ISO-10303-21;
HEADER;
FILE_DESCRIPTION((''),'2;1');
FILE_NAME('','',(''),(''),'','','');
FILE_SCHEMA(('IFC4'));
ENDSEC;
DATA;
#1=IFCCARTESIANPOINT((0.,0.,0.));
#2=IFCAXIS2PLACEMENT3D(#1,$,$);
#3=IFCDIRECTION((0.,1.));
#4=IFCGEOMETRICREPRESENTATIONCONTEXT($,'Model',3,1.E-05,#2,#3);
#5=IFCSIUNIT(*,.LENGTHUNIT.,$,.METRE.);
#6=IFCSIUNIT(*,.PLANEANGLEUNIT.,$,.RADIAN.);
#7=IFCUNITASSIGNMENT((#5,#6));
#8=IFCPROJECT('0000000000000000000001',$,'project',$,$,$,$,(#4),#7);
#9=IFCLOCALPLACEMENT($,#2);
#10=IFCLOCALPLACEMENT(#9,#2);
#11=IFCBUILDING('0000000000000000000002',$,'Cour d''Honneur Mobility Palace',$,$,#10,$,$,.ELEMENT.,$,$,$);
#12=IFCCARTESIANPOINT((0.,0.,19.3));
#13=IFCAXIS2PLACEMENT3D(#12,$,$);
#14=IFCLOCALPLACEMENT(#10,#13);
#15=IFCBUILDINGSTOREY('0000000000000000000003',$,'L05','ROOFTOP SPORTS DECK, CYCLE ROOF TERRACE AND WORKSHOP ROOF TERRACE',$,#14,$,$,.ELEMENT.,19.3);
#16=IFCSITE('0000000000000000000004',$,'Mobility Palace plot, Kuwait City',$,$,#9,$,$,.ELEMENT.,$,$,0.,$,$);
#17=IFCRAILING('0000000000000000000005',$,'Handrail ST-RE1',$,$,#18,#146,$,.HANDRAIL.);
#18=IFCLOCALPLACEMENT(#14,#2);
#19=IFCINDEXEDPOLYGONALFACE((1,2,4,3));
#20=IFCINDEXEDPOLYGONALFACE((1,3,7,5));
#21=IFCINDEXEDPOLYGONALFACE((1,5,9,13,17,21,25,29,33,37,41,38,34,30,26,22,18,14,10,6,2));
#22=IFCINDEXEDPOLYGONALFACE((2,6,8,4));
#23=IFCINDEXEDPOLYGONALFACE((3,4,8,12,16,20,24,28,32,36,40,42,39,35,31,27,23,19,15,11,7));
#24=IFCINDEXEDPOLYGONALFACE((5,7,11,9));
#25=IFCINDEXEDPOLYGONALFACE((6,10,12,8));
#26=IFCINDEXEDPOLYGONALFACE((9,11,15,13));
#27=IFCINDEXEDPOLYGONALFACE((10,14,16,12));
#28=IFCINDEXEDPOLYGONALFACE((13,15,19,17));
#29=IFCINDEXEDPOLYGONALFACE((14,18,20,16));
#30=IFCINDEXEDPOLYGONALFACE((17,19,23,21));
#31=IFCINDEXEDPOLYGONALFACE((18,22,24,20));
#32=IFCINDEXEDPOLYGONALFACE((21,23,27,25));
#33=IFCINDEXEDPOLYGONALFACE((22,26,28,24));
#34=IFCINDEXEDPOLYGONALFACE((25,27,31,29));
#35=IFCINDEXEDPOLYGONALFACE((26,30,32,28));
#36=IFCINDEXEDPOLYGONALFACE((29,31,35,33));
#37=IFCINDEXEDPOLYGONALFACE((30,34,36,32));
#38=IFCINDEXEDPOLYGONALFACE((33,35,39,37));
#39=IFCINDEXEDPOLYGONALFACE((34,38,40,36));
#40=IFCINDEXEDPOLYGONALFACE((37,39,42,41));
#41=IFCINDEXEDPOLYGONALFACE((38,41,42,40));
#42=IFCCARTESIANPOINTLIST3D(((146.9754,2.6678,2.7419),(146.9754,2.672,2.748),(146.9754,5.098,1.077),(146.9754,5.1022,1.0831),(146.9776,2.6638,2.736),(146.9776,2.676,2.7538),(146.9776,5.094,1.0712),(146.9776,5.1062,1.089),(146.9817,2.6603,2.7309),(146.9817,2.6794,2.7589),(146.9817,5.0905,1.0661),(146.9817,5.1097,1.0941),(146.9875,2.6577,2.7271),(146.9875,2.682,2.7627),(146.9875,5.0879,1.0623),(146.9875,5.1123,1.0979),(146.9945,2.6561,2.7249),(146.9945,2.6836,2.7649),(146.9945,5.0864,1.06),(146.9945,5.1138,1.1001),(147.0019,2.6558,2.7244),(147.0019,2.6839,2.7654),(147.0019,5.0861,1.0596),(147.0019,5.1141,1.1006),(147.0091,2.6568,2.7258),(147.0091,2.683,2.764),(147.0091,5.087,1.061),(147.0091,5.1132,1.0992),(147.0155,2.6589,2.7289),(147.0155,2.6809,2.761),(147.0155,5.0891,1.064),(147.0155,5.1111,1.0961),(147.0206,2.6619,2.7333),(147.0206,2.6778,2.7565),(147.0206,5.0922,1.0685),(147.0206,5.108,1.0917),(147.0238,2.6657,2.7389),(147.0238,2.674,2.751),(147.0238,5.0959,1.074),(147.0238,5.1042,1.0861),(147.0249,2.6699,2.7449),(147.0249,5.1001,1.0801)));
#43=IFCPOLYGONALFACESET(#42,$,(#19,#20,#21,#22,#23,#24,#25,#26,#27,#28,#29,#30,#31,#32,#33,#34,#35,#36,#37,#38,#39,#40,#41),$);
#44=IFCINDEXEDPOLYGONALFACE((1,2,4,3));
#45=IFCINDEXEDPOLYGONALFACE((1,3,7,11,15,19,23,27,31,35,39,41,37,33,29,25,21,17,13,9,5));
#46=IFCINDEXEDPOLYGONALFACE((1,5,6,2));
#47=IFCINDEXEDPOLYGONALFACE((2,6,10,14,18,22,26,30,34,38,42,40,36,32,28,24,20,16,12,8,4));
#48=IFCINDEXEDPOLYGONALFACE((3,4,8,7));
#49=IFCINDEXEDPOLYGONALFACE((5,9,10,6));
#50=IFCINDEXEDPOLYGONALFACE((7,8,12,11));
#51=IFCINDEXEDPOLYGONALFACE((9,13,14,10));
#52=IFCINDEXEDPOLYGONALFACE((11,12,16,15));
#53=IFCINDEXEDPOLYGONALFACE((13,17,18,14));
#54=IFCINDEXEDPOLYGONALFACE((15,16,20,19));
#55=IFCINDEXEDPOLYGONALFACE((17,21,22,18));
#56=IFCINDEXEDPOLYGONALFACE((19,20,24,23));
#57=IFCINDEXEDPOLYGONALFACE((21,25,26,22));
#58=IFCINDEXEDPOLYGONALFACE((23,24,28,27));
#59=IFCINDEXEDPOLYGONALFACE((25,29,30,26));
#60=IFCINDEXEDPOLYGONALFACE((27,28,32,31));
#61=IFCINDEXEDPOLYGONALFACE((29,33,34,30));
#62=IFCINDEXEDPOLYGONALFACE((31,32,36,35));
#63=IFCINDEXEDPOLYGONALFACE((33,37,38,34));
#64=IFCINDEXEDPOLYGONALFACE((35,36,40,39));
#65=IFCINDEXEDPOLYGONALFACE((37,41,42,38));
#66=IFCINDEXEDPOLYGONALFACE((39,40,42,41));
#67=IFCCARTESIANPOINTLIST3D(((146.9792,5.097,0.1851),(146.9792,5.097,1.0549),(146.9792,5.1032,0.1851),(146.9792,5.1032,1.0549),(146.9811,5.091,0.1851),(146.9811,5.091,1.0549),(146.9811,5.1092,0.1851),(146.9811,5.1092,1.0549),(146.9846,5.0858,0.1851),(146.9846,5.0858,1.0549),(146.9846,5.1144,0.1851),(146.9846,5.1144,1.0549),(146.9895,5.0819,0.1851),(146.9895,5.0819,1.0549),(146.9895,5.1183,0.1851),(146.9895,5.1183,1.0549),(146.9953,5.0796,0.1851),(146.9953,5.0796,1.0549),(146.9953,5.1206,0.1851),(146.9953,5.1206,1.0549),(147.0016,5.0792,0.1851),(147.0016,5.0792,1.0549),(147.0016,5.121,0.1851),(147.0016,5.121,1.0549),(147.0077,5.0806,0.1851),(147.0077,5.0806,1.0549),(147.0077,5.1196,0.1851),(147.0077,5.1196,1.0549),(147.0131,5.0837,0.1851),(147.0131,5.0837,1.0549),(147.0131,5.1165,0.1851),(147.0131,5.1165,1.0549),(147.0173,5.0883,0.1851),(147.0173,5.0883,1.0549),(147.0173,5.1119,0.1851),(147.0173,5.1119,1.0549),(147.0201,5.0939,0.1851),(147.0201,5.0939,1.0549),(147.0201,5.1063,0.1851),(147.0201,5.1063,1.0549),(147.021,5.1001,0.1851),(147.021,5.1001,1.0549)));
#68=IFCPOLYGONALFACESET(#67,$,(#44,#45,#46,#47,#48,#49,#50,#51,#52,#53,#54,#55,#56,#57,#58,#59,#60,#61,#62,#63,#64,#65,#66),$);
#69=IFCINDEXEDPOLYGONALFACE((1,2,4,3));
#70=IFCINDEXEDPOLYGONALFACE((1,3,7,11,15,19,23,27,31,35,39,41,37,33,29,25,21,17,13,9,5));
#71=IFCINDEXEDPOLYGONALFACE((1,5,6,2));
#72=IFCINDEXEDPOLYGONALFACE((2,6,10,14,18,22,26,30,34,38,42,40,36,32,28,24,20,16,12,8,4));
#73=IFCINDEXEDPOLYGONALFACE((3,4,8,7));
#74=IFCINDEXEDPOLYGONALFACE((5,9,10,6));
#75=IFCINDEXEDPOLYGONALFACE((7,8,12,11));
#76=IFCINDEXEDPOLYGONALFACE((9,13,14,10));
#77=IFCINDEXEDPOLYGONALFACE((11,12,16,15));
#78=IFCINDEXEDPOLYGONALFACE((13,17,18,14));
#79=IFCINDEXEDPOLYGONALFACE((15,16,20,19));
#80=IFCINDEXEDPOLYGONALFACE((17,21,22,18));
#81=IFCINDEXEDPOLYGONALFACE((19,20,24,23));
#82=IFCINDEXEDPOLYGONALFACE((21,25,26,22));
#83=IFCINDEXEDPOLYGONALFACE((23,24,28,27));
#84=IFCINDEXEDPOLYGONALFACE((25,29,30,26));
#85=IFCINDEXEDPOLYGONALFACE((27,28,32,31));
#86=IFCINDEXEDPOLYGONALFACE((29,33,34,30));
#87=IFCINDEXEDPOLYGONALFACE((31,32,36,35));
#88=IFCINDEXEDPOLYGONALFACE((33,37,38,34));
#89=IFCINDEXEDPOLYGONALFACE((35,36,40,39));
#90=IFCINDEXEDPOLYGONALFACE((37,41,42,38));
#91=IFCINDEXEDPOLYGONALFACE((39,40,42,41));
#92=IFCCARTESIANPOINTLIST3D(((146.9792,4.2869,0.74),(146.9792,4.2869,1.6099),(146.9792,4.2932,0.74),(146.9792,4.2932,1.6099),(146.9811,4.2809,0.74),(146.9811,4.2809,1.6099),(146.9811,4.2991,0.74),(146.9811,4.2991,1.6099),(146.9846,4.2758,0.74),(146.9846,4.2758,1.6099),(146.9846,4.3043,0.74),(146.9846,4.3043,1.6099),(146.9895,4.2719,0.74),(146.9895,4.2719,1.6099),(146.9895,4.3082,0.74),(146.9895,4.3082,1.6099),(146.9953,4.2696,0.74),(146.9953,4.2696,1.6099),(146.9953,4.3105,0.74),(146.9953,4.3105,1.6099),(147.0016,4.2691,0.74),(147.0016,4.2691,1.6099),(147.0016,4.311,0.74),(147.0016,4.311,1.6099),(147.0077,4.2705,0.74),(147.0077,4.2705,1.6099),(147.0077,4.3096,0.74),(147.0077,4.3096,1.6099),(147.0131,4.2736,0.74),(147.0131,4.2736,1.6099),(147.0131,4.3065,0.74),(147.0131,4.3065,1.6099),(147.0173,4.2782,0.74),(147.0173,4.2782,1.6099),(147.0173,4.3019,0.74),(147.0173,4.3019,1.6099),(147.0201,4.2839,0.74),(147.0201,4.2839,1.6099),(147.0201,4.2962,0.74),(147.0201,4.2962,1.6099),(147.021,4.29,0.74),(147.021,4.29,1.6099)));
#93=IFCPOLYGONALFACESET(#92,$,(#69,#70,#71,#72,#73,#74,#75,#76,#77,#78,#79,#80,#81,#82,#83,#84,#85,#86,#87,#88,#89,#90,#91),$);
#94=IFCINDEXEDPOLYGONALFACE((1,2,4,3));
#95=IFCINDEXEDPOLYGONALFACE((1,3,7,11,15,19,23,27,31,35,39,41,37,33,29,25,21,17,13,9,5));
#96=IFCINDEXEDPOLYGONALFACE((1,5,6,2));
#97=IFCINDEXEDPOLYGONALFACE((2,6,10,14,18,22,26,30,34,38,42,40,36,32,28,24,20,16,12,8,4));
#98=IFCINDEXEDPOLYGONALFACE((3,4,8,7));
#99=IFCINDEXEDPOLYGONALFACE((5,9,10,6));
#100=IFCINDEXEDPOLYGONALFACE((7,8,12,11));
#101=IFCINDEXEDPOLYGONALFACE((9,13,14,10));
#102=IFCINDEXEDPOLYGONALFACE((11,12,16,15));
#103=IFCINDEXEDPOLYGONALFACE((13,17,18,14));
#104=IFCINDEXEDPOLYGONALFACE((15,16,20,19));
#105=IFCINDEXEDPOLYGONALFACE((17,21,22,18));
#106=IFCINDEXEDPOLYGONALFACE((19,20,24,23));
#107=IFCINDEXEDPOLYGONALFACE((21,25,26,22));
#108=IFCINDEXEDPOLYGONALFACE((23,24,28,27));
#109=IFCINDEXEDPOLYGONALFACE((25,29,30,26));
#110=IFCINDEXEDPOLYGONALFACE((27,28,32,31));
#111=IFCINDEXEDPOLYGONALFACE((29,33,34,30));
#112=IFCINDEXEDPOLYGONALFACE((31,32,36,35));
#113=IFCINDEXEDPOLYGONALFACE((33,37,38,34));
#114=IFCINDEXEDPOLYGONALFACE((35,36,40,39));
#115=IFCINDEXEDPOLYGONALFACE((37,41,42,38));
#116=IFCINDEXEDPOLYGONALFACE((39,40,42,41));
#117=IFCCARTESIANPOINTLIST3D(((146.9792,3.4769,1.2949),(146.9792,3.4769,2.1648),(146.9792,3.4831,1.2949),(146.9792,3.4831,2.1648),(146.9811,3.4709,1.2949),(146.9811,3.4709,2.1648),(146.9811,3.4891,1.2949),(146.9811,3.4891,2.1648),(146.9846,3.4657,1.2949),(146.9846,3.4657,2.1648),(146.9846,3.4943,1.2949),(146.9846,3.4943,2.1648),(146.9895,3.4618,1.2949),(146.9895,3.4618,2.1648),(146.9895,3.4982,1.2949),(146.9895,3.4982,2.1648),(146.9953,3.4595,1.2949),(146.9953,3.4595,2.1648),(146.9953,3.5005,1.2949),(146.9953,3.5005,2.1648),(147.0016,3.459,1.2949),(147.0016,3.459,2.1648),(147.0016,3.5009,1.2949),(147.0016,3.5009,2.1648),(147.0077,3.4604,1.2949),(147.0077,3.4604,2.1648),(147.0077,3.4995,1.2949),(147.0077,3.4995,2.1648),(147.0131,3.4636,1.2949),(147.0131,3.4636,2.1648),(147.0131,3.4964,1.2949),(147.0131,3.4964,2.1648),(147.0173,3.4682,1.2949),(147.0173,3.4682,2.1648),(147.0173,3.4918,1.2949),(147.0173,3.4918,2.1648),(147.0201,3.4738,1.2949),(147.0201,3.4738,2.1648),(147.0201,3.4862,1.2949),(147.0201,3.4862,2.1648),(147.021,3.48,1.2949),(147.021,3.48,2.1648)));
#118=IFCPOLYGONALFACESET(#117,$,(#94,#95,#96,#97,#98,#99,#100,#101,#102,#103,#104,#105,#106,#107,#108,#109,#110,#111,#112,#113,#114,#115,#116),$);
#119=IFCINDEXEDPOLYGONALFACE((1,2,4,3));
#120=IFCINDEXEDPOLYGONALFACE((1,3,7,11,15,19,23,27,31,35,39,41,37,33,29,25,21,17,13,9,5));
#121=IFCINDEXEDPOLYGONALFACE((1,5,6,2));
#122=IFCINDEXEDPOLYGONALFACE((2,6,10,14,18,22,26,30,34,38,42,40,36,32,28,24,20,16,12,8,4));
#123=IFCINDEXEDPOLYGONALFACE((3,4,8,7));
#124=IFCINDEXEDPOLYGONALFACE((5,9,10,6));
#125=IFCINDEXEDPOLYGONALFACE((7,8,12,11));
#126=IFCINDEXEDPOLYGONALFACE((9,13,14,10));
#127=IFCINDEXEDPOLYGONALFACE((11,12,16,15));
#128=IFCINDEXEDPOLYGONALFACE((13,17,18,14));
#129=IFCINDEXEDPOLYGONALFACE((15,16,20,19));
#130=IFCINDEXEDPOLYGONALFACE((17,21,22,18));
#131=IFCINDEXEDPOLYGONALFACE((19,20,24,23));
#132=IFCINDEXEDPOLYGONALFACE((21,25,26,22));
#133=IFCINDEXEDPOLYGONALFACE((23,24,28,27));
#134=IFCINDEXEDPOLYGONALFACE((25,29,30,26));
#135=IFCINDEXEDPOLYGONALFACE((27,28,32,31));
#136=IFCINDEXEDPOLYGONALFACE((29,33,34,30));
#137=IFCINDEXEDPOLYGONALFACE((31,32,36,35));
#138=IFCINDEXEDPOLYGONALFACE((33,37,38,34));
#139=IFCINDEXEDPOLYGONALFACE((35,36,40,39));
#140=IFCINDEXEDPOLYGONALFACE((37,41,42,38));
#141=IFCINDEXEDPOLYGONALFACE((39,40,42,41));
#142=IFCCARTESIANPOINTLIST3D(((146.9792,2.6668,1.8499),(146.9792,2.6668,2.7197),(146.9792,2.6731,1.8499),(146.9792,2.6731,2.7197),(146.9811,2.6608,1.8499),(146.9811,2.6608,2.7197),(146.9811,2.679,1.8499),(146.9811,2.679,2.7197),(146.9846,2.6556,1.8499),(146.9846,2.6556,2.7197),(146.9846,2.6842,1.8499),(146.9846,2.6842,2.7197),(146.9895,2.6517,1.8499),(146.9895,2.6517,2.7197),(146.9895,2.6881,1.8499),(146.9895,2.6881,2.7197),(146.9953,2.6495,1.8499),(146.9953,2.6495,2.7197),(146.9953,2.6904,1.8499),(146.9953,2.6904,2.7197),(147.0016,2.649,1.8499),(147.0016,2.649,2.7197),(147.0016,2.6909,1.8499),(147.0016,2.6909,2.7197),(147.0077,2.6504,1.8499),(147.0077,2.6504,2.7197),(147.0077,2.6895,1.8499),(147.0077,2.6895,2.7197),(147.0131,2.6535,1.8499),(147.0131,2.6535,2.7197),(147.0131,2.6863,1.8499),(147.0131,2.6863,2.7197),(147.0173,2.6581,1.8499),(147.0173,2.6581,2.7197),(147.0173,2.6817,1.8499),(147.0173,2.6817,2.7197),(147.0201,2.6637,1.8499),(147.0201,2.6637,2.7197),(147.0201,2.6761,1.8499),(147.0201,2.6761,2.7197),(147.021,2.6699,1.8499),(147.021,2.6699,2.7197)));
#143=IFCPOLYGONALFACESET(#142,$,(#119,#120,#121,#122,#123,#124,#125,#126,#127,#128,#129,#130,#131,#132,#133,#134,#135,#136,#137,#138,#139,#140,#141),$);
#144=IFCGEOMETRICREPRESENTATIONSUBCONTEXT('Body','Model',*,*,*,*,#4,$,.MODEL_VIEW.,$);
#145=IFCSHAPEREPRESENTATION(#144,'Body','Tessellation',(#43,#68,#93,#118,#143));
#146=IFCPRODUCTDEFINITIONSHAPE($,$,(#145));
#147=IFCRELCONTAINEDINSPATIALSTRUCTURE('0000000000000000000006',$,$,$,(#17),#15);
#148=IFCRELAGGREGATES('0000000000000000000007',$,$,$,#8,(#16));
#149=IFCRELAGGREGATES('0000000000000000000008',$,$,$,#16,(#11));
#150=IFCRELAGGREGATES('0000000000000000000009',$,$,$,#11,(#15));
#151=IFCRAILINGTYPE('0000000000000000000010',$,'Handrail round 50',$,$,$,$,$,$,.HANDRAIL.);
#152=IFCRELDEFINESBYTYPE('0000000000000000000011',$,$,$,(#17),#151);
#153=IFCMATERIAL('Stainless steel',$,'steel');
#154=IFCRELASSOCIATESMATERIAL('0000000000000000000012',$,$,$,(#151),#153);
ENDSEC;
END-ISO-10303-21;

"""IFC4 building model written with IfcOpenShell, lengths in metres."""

from ifc_helpers import new_model, si_unit, direction, frame, origin, origin_2d, place, context, subcontext, project, spatial, circle, extrude, material, type_object, element, save


model = new_model("IFC4")

# Units and contexts
model_context = context("Model", 3, precision=1e-05, world=origin(), true_north=direction((0.0, 1.0)))
body_context = subcontext(model_context, "Body", "Model", "MODEL_VIEW")
ifc_project = project(units=[si_unit("LENGTHUNIT", "METRE"), si_unit("PLANEANGLEUNIT", "RADIAN")], contexts=[model_context])

# Site, building, storey
site_placement = place(None, origin())
site = spatial("IfcSite", under=ifc_project, at=site_placement, Name="Mobility Palace plot, Kuwait City", CompositionType="ELEMENT", RefElevation=0.0)
building_placement = place(site_placement, origin())
building = spatial("IfcBuilding", under=site, at=building_placement, Name="Cour d'Honneur Mobility Palace", CompositionType="ELEMENT")
storey_placement = place(building_placement, frame((0.0, 0.0, 19.3)))
storey = spatial("IfcBuildingStorey", under=building, at=storey_placement, Name="L05", Description="ROOFTOP SPORTS DECK, CYCLE ROOF TERRACE AND WORKSHOP ROOF TERRACE", CompositionType="ELEMENT", Elevation=19.3)

# Railing
ifc_material_1 = material(Name="Stainless steel", Category="steel")
railing_type_1 = type_object("IfcRailingType", Name="Handrail round 50", PredefinedType="HANDRAIL", material=ifc_material_1)
for number, where, name in (
    (1, (147.0, 5.1001, 0.1851), "Handrail ST-RE1"),
):
    element("IfcRailing", number, at=place(storey_placement, frame(where)), inside=storey, type_object=railing_type_1, Name=name, PredefinedType="HANDRAIL", context=body_context, shape_type="SweptSolid", body=[
        extrude(circle(Radius=0.0249, at=origin_2d()), frame((0.0, 0.0, 0.895), z_axis=(0.0, -0.824984, 0.565156), x_axis=(1.0, 0.0, 0.0)), (0.0, 0.0, 1.0), 2.9458),
        extrude(circle(Radius=0.021, at=origin_2d()), origin(), (0.0, 0.0, 1.0), 0.8699),
        extrude(circle(Radius=0.021, at=origin_2d()), frame((0.0, -0.8101, 0.5549)), (0.0, 0.0, 1.0), 0.8699),
        extrude(circle(Radius=0.021, at=origin_2d()), frame((0.0, -1.6201, 1.1099)), (0.0, 0.0, 1.0), 0.8699),
        extrude(circle(Radius=0.021, at=origin_2d()), frame((0.0, -2.4302, 1.6648)), (0.0, 0.0, 1.0), 0.8699),
    ])

save(model, "model.ifc")
